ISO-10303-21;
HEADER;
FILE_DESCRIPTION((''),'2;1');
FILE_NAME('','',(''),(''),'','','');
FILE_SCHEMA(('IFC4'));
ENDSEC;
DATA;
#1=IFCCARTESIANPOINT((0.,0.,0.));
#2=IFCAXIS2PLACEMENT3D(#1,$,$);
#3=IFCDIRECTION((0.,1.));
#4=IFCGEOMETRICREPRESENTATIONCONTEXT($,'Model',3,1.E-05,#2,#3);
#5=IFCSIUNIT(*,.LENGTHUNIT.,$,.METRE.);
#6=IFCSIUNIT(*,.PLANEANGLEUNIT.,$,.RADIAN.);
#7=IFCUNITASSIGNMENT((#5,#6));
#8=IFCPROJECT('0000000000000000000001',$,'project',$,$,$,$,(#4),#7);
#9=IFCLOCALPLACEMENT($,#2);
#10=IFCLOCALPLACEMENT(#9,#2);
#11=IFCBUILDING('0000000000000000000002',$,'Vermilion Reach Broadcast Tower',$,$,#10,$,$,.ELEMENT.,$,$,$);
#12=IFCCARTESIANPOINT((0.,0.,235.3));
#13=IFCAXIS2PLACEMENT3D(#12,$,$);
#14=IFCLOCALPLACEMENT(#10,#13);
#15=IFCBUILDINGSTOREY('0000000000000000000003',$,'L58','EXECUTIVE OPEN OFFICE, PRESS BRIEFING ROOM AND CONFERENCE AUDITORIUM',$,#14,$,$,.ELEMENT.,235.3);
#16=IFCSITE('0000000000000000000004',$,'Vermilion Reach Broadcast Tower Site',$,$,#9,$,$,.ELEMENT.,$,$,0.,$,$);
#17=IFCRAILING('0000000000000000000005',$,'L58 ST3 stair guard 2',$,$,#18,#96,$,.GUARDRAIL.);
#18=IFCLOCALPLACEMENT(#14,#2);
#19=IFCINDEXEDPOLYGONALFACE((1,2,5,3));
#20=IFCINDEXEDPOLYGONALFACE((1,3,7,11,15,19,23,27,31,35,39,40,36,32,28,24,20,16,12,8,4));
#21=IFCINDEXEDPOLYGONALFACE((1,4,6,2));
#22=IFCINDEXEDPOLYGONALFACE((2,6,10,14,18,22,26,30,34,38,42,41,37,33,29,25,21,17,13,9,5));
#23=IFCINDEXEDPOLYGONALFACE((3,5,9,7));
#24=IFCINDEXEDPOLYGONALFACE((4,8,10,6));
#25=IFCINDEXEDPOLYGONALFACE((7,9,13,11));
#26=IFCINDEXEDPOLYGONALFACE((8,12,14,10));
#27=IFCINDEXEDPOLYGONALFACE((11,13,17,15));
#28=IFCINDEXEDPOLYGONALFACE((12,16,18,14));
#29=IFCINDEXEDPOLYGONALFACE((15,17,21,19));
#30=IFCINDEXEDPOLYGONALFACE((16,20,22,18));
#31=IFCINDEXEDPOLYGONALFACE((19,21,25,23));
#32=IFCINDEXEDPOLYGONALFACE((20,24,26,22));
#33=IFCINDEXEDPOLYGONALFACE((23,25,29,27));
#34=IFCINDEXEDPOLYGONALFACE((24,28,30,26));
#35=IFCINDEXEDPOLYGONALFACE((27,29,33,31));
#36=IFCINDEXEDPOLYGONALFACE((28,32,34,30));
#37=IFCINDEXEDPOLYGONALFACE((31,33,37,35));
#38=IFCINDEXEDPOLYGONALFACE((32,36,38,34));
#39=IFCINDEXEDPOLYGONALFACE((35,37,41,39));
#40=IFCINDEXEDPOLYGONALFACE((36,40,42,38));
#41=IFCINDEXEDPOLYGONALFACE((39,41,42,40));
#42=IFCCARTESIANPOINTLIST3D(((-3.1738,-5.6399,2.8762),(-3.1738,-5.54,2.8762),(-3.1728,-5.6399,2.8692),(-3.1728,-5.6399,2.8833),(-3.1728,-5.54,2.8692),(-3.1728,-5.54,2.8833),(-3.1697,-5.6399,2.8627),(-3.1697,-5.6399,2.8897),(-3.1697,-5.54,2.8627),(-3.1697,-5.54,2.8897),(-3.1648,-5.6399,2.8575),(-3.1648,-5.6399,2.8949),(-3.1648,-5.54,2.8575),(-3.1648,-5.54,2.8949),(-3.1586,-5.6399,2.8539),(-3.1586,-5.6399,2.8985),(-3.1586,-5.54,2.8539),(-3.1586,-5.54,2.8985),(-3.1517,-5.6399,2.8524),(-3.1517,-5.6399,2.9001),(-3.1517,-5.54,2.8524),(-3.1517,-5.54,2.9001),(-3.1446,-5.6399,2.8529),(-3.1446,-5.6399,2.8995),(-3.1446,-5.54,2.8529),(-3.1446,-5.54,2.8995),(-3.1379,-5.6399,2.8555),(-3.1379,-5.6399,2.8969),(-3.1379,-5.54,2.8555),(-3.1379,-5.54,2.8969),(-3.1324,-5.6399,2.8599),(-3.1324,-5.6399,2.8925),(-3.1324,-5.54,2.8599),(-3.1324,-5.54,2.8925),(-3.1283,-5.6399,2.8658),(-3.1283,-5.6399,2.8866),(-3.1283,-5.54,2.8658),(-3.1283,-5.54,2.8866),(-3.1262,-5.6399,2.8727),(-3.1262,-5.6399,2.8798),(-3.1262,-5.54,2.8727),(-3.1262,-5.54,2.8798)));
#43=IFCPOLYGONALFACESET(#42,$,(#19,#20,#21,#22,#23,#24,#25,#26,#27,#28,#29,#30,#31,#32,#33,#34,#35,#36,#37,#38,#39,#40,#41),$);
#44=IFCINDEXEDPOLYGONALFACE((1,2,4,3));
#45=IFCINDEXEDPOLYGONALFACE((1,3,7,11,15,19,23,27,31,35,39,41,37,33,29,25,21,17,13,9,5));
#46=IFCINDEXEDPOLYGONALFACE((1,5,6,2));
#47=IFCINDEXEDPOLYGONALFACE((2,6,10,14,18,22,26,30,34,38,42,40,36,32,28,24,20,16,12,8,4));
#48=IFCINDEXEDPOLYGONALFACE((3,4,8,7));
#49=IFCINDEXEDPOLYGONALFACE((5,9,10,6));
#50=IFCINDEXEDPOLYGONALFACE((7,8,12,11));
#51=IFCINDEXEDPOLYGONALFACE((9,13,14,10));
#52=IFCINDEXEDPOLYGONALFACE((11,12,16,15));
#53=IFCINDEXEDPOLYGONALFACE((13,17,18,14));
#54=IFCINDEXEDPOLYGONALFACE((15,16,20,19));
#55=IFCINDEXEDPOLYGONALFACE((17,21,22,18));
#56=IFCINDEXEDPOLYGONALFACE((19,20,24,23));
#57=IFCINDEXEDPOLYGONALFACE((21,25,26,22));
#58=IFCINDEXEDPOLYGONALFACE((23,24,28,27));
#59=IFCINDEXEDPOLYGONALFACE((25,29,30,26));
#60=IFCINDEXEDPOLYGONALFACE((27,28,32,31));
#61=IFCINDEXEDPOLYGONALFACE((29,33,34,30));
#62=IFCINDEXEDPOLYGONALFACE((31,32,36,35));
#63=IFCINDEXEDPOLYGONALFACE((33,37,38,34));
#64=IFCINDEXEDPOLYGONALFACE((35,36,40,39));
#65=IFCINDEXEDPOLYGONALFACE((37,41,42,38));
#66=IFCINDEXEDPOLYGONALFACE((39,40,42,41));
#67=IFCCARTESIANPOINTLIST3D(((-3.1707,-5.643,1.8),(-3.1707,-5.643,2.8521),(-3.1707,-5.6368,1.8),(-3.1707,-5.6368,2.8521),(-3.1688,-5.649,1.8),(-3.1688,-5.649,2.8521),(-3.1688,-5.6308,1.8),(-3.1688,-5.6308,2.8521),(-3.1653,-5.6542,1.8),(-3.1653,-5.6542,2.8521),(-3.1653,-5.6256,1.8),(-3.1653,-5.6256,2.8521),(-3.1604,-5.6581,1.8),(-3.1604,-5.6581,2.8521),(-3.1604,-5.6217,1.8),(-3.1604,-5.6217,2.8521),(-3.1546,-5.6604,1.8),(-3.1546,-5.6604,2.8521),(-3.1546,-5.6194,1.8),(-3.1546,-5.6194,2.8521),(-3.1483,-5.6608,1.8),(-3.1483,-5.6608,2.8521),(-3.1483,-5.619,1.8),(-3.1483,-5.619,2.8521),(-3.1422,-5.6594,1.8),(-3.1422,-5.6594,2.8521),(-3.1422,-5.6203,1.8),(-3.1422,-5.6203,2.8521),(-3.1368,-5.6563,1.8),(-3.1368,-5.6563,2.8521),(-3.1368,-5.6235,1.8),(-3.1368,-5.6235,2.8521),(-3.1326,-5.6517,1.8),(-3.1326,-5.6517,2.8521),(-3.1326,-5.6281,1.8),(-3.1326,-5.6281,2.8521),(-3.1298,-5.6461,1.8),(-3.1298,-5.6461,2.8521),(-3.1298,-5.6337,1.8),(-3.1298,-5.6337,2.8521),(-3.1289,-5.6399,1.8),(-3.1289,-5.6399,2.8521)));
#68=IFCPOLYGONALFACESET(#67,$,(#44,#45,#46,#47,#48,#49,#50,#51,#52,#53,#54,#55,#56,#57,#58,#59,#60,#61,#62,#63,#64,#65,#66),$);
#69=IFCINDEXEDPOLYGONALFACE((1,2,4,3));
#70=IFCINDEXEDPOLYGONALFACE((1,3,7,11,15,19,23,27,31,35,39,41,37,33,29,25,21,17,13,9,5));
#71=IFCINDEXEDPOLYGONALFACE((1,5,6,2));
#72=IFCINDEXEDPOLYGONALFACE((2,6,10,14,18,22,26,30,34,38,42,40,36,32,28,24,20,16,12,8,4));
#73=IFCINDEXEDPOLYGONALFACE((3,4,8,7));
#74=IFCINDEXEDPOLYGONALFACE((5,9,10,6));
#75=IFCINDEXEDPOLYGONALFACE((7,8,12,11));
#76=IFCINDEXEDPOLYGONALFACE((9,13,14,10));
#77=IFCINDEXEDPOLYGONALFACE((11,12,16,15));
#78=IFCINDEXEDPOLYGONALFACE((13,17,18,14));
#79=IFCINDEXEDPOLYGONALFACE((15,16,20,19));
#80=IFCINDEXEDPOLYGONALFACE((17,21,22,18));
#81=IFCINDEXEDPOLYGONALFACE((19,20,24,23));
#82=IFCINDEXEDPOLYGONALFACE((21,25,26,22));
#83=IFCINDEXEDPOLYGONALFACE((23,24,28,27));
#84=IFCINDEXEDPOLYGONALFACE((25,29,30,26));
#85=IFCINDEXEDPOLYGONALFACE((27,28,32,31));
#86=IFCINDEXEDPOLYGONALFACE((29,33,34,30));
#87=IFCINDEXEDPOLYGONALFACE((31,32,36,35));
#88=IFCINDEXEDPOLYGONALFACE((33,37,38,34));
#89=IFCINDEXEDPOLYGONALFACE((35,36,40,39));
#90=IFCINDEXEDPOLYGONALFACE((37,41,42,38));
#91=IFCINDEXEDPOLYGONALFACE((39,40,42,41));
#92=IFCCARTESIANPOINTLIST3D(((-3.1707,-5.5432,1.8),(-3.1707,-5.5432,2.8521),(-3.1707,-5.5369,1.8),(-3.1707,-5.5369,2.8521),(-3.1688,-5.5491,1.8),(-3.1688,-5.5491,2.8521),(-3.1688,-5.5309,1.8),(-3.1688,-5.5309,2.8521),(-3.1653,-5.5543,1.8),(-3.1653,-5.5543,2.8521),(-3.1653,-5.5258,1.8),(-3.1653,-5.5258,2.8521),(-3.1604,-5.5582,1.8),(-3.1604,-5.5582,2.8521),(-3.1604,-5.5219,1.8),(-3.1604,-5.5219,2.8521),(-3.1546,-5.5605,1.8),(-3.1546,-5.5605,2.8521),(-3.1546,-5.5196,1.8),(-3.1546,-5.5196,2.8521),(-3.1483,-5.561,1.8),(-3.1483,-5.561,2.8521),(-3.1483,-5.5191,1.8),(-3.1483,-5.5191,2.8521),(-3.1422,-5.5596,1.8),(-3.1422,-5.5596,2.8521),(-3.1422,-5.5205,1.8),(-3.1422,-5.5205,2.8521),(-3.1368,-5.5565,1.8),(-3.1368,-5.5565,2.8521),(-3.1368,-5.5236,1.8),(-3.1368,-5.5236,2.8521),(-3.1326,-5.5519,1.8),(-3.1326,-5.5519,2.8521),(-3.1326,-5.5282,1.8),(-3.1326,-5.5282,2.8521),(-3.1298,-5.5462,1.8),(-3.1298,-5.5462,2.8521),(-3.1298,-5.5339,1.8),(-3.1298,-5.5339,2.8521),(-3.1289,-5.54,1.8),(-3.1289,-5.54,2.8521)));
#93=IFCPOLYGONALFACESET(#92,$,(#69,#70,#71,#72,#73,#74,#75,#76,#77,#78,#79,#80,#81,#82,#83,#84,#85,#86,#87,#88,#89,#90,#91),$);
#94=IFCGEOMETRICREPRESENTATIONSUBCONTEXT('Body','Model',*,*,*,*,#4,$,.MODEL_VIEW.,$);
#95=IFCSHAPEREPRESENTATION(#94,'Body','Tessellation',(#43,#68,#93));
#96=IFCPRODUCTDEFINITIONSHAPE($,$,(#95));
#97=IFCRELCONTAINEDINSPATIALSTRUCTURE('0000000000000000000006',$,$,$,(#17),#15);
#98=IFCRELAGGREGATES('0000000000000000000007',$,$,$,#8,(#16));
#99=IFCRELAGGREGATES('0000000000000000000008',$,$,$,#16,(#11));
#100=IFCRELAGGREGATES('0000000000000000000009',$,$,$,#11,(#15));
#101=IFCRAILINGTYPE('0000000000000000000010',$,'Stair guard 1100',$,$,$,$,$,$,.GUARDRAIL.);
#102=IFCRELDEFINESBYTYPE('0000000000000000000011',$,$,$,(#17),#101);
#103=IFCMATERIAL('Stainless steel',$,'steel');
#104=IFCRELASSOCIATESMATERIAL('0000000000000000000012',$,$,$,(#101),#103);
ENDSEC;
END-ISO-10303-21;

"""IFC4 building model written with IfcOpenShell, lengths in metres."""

from ifc_helpers import new_model, si_unit, direction, frame, origin, origin_2d, place, context, subcontext, project, spatial, circle, extrude, material, type_object, element, save


model = new_model("IFC4")

# Units and contexts
model_context = context("Model", 3, precision=1e-05, world=origin(), true_north=direction((0.0, 1.0)))
body_context = subcontext(model_context, "Body", "Model", "MODEL_VIEW")
ifc_project = project(units=[si_unit("LENGTHUNIT", "METRE"), si_unit("PLANEANGLEUNIT", "RADIAN")], contexts=[model_context])

# Site, building, storey
site_placement = place(None, origin())
site = spatial("IfcSite", under=ifc_project, at=site_placement, Name="Vermilion Reach Broadcast Tower Site", CompositionType="ELEMENT", RefElevation=0.0)
building_placement = place(site_placement, origin())
building = spatial("IfcBuilding", under=site, at=building_placement, Name="Vermilion Reach Broadcast Tower", CompositionType="ELEMENT")
storey_placement = place(building_placement, frame((0.0, 0.0, 235.3)))
storey = spatial("IfcBuildingStorey", under=building, at=storey_placement, Name="L58", Description="EXECUTIVE OPEN OFFICE, PRESS BRIEFING ROOM AND CONFERENCE AUDITORIUM", CompositionType="ELEMENT", Elevation=235.3)

# Railing
ifc_material_1 = material(Name="Stainless steel", Category="steel")
railing_type_1 = type_object("IfcRailingType", Name="Stair guard 1100", PredefinedType="GUARDRAIL", material=ifc_material_1)
railing_1_placement = place(storey_placement, frame((-3.1499, -5.6399, 1.8)))
element("IfcRailing", 1, at=railing_1_placement, inside=storey, type_object=railing_type_1, Name="L58 ST3 stair guard 2", PredefinedType="GUARDRAIL", context=body_context, shape_type="SweptSolid", body=[
    extrude(circle(Radius=0.0239, at=origin_2d()), frame((0.0, 0.0, 1.0762), z_axis=(0.0, 1.0, 0.0), x_axis=(-1.0, 0.0, 0.0)), (0.0, 0.0, 1.0), 0.0999),
    extrude(circle(Radius=0.021, at=origin_2d()), origin(), (0.0, 0.0, 1.0), 1.052),
    extrude(circle(Radius=0.021, at=origin_2d()), frame((0.0, 0.0999, 0.0)), (0.0, 0.0, 1.0), 1.052),
])

save(model, "model.ifc")
